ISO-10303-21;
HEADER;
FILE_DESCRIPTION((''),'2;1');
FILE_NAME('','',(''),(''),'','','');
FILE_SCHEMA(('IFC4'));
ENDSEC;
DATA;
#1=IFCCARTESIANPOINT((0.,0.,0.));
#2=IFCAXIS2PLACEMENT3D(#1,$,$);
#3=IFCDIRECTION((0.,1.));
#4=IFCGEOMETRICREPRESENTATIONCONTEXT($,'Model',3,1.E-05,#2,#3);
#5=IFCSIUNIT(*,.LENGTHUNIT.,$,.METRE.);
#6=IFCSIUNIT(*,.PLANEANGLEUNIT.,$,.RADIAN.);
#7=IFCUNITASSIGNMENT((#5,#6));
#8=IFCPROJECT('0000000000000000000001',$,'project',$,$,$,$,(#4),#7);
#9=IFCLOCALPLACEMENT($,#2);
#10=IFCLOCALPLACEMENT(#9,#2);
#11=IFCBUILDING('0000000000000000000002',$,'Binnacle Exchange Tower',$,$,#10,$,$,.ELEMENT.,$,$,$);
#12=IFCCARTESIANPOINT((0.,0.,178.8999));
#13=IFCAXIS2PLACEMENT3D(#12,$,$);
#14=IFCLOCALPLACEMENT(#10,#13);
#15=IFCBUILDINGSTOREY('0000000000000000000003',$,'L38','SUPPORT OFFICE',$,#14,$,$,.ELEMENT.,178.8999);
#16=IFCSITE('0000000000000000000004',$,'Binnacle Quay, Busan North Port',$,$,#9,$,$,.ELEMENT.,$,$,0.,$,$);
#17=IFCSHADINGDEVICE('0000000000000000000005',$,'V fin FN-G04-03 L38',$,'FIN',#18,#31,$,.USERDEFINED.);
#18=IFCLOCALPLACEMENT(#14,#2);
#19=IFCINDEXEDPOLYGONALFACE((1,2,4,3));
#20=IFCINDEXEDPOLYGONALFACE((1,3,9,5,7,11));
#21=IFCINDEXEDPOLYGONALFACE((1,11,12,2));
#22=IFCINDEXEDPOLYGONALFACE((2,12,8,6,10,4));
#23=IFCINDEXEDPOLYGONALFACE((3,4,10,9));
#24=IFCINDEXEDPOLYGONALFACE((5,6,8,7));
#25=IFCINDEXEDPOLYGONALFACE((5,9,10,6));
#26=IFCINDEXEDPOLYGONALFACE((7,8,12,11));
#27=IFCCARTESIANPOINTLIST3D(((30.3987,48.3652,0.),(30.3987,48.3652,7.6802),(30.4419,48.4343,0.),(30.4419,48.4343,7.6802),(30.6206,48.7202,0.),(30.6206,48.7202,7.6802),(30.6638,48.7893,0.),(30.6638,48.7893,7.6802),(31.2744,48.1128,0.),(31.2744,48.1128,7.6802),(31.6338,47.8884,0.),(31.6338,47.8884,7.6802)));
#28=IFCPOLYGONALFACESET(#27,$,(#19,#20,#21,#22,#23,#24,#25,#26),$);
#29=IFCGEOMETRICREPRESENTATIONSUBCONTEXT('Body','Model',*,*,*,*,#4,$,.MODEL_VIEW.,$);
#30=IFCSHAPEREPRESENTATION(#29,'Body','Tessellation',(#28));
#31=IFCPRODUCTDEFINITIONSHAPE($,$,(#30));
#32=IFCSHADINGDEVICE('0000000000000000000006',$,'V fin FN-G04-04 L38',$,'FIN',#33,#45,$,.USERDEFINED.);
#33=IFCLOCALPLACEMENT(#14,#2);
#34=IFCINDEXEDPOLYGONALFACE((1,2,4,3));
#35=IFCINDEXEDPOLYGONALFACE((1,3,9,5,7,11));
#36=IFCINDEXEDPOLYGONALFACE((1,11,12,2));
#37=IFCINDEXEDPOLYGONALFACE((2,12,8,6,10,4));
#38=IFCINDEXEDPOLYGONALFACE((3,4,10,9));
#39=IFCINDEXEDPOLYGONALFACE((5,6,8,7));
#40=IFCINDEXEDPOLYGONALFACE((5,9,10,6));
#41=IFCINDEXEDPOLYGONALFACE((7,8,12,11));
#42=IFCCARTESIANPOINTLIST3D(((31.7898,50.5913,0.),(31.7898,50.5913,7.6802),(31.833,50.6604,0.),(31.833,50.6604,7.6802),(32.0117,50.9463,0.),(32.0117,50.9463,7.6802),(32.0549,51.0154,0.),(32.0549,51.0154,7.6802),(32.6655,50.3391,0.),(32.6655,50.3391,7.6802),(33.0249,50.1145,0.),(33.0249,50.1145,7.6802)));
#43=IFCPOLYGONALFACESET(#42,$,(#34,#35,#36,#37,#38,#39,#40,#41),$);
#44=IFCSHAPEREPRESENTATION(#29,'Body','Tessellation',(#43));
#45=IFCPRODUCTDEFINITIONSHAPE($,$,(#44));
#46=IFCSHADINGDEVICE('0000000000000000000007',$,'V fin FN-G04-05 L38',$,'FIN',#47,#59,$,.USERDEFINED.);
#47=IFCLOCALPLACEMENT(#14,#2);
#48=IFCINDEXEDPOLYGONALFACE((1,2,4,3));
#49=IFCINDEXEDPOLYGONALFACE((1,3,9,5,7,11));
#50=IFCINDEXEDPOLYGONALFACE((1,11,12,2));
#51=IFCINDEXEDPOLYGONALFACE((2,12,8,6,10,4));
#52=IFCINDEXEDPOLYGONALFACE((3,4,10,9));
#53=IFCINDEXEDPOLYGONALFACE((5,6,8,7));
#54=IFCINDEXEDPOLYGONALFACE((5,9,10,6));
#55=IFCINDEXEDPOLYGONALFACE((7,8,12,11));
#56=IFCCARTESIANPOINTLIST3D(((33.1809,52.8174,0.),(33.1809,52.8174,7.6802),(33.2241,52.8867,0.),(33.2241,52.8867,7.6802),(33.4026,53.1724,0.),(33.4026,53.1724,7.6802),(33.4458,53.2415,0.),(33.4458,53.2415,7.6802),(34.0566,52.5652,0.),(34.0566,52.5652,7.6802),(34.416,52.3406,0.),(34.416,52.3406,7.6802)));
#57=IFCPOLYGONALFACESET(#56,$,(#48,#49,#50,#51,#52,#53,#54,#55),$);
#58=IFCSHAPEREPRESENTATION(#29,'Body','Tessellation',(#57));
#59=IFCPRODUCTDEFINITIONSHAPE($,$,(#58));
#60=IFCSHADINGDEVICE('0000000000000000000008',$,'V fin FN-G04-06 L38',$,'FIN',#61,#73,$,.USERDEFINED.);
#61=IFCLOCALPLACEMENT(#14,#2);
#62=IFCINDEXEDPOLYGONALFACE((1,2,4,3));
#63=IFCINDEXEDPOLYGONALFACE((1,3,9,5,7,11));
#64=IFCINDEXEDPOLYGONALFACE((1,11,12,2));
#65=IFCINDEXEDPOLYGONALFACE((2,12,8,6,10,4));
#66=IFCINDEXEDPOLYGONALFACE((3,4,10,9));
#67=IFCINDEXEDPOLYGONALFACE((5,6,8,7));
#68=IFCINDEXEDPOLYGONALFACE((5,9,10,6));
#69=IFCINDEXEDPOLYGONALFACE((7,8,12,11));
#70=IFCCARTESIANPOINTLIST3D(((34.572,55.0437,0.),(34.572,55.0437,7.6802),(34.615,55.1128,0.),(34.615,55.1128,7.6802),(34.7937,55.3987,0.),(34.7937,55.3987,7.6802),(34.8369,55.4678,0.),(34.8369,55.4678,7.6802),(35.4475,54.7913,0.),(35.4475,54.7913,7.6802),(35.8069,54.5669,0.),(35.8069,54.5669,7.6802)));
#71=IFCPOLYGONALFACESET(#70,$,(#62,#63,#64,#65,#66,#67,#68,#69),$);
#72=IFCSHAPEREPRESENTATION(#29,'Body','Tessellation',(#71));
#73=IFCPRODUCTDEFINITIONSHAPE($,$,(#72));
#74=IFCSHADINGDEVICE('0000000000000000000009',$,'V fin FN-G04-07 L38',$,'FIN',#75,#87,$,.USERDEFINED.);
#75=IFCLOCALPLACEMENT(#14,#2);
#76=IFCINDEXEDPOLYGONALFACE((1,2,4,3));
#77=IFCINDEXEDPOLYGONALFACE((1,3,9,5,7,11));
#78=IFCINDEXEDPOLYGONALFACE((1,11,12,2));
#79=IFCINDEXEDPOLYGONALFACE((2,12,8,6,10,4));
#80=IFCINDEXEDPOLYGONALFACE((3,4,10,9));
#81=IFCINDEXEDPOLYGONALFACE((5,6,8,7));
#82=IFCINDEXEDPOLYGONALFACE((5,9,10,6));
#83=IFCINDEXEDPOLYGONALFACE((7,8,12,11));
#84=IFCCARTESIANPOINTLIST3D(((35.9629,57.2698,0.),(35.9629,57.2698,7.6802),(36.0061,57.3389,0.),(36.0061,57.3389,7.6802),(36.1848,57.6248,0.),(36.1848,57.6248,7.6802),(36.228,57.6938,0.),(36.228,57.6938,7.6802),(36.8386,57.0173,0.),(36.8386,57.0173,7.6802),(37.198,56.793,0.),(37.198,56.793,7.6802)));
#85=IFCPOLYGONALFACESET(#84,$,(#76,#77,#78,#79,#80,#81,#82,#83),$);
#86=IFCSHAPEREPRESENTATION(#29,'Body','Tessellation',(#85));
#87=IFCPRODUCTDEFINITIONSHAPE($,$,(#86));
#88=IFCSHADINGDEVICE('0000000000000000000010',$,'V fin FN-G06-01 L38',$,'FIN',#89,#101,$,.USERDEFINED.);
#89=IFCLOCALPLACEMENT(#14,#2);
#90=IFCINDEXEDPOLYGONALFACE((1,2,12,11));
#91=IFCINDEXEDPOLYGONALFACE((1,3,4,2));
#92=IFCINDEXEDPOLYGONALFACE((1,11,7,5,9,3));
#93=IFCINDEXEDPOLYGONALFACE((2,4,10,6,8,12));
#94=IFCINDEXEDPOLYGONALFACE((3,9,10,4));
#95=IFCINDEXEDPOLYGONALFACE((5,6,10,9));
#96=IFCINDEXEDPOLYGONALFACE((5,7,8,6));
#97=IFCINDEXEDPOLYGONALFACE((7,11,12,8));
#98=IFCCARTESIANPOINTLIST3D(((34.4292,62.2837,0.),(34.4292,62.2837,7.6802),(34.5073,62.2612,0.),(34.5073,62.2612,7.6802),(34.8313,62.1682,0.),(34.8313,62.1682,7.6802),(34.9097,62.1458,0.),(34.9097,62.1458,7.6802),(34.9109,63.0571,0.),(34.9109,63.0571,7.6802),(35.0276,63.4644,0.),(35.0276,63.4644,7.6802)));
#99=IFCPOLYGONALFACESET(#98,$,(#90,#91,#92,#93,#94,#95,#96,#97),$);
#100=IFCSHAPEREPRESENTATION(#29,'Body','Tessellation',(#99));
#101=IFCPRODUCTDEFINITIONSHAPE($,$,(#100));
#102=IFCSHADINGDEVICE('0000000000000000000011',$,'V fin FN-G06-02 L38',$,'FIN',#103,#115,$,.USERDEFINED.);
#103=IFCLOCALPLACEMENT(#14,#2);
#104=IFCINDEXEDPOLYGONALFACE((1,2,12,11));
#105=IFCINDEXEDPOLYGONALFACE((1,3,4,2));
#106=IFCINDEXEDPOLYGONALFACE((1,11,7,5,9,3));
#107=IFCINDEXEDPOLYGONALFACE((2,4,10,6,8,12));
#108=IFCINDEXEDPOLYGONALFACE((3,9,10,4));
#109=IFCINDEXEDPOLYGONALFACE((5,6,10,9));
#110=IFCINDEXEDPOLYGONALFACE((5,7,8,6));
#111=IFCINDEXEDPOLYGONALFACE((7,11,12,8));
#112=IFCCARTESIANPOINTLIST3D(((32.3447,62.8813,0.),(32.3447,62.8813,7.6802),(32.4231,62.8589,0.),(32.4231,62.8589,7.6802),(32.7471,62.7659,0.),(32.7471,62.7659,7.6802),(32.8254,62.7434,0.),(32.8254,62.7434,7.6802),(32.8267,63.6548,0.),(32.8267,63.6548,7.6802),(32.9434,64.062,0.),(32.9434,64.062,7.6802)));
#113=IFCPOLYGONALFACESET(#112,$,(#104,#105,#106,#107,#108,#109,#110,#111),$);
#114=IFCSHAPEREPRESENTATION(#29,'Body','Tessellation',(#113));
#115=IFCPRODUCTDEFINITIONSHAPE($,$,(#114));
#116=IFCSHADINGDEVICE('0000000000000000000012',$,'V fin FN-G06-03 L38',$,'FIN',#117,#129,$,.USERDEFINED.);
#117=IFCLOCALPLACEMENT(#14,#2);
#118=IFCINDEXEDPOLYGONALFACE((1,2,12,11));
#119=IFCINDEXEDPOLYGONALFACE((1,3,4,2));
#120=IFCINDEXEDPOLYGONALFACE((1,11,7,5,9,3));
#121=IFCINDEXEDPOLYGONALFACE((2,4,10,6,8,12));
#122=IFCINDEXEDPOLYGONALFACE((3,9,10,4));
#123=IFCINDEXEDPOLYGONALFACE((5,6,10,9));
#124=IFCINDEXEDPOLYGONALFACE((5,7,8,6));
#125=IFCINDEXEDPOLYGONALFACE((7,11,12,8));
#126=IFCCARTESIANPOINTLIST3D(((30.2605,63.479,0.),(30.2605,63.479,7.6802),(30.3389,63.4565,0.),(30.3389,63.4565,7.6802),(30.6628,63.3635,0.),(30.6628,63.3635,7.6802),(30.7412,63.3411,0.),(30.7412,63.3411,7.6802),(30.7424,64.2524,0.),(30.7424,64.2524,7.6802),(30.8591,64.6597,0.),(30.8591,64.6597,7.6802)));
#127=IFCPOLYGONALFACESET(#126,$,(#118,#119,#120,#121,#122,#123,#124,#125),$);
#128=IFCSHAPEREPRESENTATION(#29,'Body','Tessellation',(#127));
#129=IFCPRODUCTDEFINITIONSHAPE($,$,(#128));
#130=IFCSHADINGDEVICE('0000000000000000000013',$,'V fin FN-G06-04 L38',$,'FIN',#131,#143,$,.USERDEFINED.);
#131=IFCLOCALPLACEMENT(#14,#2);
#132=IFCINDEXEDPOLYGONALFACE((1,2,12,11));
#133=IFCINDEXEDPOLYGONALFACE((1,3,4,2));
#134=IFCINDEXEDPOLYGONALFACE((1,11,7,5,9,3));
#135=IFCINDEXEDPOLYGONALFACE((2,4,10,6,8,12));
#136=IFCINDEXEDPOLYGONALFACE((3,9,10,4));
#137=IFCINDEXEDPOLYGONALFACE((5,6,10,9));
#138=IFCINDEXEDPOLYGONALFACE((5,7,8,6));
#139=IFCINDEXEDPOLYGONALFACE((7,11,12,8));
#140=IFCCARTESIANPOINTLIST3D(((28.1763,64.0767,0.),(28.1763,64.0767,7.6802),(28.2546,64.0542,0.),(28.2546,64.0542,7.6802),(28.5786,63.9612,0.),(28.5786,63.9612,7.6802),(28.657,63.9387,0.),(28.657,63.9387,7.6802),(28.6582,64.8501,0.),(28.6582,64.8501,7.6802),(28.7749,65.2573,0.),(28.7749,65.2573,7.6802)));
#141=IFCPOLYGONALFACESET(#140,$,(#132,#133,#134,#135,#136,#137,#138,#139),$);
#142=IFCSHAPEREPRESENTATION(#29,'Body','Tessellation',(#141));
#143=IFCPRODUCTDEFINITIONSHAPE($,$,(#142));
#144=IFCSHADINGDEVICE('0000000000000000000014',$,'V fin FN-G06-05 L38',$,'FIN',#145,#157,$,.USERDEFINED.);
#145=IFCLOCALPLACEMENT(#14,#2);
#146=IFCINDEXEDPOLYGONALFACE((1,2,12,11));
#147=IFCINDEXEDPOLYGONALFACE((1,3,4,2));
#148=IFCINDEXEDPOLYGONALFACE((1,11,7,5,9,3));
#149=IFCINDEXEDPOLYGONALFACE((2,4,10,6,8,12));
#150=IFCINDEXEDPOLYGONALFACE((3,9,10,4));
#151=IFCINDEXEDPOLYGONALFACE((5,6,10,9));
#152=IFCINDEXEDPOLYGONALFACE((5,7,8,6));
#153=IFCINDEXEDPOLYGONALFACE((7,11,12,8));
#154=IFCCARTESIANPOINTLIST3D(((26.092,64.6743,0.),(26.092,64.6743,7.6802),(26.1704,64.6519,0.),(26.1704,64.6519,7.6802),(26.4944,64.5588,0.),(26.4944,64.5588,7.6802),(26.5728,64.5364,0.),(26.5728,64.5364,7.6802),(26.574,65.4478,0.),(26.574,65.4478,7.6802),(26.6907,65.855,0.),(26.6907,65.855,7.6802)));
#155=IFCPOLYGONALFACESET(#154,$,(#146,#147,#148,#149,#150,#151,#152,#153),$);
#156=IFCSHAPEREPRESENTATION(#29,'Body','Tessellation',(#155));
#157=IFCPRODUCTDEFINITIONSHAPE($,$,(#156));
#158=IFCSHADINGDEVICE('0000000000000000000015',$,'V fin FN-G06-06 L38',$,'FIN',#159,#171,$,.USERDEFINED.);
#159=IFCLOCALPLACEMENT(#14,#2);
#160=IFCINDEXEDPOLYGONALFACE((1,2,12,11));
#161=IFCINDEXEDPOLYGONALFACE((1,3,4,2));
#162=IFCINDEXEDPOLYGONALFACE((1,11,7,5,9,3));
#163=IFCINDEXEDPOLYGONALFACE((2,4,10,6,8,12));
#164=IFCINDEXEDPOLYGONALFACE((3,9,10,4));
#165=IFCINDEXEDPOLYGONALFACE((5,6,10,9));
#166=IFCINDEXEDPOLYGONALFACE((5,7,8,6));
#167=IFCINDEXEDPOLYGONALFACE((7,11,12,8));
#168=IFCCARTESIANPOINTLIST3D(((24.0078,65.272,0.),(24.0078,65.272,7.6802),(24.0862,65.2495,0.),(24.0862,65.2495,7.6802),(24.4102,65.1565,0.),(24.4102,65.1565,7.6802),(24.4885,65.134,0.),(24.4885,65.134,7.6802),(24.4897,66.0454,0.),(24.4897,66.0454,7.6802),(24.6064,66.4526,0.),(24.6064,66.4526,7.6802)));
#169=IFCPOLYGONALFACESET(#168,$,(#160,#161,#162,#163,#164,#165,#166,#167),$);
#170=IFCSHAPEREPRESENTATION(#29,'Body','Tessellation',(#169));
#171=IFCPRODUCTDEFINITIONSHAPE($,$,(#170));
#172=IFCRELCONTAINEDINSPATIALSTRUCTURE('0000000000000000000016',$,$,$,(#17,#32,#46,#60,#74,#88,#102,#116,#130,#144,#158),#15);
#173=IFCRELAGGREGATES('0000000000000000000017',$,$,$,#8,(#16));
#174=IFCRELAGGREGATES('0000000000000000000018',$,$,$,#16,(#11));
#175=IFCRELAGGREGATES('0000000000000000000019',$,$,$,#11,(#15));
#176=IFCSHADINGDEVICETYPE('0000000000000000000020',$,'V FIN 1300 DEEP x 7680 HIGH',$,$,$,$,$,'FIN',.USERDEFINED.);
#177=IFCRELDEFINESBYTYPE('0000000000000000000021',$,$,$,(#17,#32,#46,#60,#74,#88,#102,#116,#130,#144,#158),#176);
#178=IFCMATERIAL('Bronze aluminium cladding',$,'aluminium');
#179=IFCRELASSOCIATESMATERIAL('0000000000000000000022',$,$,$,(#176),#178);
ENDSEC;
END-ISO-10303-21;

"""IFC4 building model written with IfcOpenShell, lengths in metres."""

from ifc_helpers import new_model, si_unit, direction, frame, origin, place, context, subcontext, project, spatial, polyline, outline, extrude, material, type_object, element, save


model = new_model("IFC4")

# Units and contexts
model_context = context("Model", 3, precision=1e-05, world=origin(), true_north=direction((0.0, 1.0)))
body_context = subcontext(model_context, "Body", "Model", "MODEL_VIEW")
ifc_project = project(units=[si_unit("LENGTHUNIT", "METRE"), si_unit("PLANEANGLEUNIT", "RADIAN")], contexts=[model_context])

# Site, building, storey
site_placement = place(None, origin())
site = spatial("IfcSite", under=ifc_project, at=site_placement, Name="Binnacle Quay, Busan North Port", CompositionType="ELEMENT", RefElevation=0.0)
building_placement = place(site_placement, origin())
building = spatial("IfcBuilding", under=site, at=building_placement, Name="Binnacle Exchange Tower", CompositionType="ELEMENT")
storey_placement = place(building_placement, frame((0.0, 0.0, 178.8999)))
storey = spatial("IfcBuildingStorey", under=building, at=storey_placement, Name="L38", Description="SUPPORT OFFICE", CompositionType="ELEMENT", Elevation=178.8999)

# Shading devices
ifc_material_1 = material(Name="Bronze aluminium cladding", Category="aluminium")
shading_device_type_1 = type_object("IfcShadingDeviceType", Name="V FIN 1300 DEEP x 7680 HIGH", ElementType="FIN", PredefinedType="USERDEFINED", material=ifc_material_1)
shading_device_1_placement = place(storey_placement, origin())
element("IfcShadingDevice", 1, at=shading_device_1_placement, inside=storey, type_object=shading_device_type_1, Name="V fin FN-G04-03 L38", ObjectType="FIN", PredefinedType="USERDEFINED", context=body_context, shape_type="SweptSolid", body=[
    extrude(outline(polyline([(30.3987, 48.3652), (31.6338, 47.8884), (30.6638, 48.7893), (30.6206, 48.7202), (31.2744, 48.1128), (30.4419, 48.4343), (30.3987, 48.3652)])), origin(), (0.0, 0.0, 1.0), 7.6802),
])
shading_device_2_placement = place(storey_placement, origin())
element("IfcShadingDevice", 2, at=shading_device_2_placement, inside=storey, type_object=shading_device_type_1, Name="V fin FN-G04-04 L38", ObjectType="FIN", PredefinedType="USERDEFINED", context=body_context, shape_type="SweptSolid", body=[
    extrude(outline(polyline([(31.7898, 50.5913), (33.0249, 50.1145), (32.0549, 51.0154), (32.0117, 50.9463), (32.6655, 50.3391), (31.833, 50.6604), (31.7898, 50.5913)])), origin(), (0.0, 0.0, 1.0), 7.6802),
])
shading_device_3_placement = place(storey_placement, origin())
element("IfcShadingDevice", 3, at=shading_device_3_placement, inside=storey, type_object=shading_device_type_1, Name="V fin FN-G04-05 L38", ObjectType="FIN", PredefinedType="USERDEFINED", context=body_context, shape_type="SweptSolid", body=[
    extrude(outline(polyline([(33.1809, 52.8174), (34.416, 52.3406), (33.4458, 53.2415), (33.4026, 53.1724), (34.0566, 52.5652), (33.2241, 52.8867), (33.1809, 52.8174)])), origin(), (0.0, 0.0, 1.0), 7.6802),
])
shading_device_4_placement = place(storey_placement, origin())
element("IfcShadingDevice", 4, at=shading_device_4_placement, inside=storey, type_object=shading_device_type_1, Name="V fin FN-G04-06 L38", ObjectType="FIN", PredefinedType="USERDEFINED", context=body_context, shape_type="SweptSolid", body=[
    extrude(outline(polyline([(34.572, 55.0437), (35.8069, 54.5669), (34.8369, 55.4678), (34.7937, 55.3987), (35.4475, 54.7913), (34.615, 55.1128), (34.572, 55.0437)])), origin(), (0.0, 0.0, 1.0), 7.6802),
])
shading_device_5_placement = place(storey_placement, origin())
element("IfcShadingDevice", 5, at=shading_device_5_placement, inside=storey, type_object=shading_device_type_1, Name="V fin FN-G04-07 L38", ObjectType="FIN", PredefinedType="USERDEFINED", context=body_context, shape_type="SweptSolid", body=[
    extrude(outline(polyline([(35.9629, 57.2698), (37.198, 56.793), (36.228, 57.6938), (36.1848, 57.6248), (36.8386, 57.0173), (36.0061, 57.3389), (35.9629, 57.2698)])), origin(), (0.0, 0.0, 1.0), 7.6802),
])
shading_device_6_placement = place(storey_placement, origin())
element("IfcShadingDevice", 6, at=shading_device_6_placement, inside=storey, type_object=shading_device_type_1, Name="V fin FN-G06-01 L38", ObjectType="FIN", PredefinedType="USERDEFINED", context=body_context, shape_type="SweptSolid", body=[
    extrude(outline(polyline([(34.9097, 62.1458), (35.0276, 63.4644), (34.4292, 62.2837), (34.5073, 62.2612), (34.9109, 63.0571), (34.8313, 62.1682), (34.9097, 62.1458)])), origin(), (0.0, 0.0, 1.0), 7.6802),
])
shading_device_7_placement = place(storey_placement, origin())
element("IfcShadingDevice", 7, at=shading_device_7_placement, inside=storey, type_object=shading_device_type_1, Name="V fin FN-G06-02 L38", ObjectType="FIN", PredefinedType="USERDEFINED", context=body_context, shape_type="SweptSolid", body=[
    extrude(outline(polyline([(32.8254, 62.7434), (32.9434, 64.062), (32.3447, 62.8813), (32.4231, 62.8589), (32.8267, 63.6548), (32.7471, 62.7659), (32.8254, 62.7434)])), origin(), (0.0, 0.0, 1.0), 7.6802),
])
shading_device_8_placement = place(storey_placement, origin())
element("IfcShadingDevice", 8, at=shading_device_8_placement, inside=storey, type_object=shading_device_type_1, Name="V fin FN-G06-03 L38", ObjectType="FIN", PredefinedType="USERDEFINED", context=body_context, shape_type="SweptSolid", body=[
    extrude(outline(polyline([(30.7412, 63.3411), (30.8591, 64.6597), (30.2605, 63.479), (30.3389, 63.4565), (30.7424, 64.2524), (30.6628, 63.3635), (30.7412, 63.3411)])), origin(), (0.0, 0.0, 1.0), 7.6802),
])
shading_device_9_placement = place(storey_placement, origin())
element("IfcShadingDevice", 9, at=shading_device_9_placement, inside=storey, type_object=shading_device_type_1, Name="V fin FN-G06-04 L38", ObjectType="FIN", PredefinedType="USERDEFINED", context=body_context, shape_type="SweptSolid", body=[
    extrude(outline(polyline([(28.657, 63.9387), (28.7749, 65.2573), (28.1763, 64.0767), (28.2546, 64.0542), (28.6582, 64.8501), (28.5786, 63.9612), (28.657, 63.9387)])), origin(), (0.0, 0.0, 1.0), 7.6802),
])
shading_device_10_placement = place(storey_placement, origin())
element("IfcShadingDevice", 10, at=shading_device_10_placement, inside=storey, type_object=shading_device_type_1, Name="V fin FN-G06-05 L38", ObjectType="FIN", PredefinedType="USERDEFINED", context=body_context, shape_type="SweptSolid", body=[
    extrude(outline(polyline([(26.5728, 64.5364), (26.6907, 65.855), (26.092, 64.6743), (26.1704, 64.6519), (26.574, 65.4478), (26.4944, 64.5588), (26.5728, 64.5364)])), origin(), (0.0, 0.0, 1.0), 7.6802),
])
shading_device_11_placement = place(storey_placement, origin())
element("IfcShadingDevice", 11, at=shading_device_11_placement, inside=storey, type_object=shading_device_type_1, Name="V fin FN-G06-06 L38", ObjectType="FIN", PredefinedType="USERDEFINED", context=body_context, shape_type="SweptSolid", body=[
    extrude(outline(polyline([(24.4885, 65.134), (24.6064, 66.4526), (24.0078, 65.272), (24.0862, 65.2495), (24.4897, 66.0454), (24.4102, 65.1565), (24.4885, 65.134)])), origin(), (0.0, 0.0, 1.0), 7.6802),
])

save(model, "model.ifc")
